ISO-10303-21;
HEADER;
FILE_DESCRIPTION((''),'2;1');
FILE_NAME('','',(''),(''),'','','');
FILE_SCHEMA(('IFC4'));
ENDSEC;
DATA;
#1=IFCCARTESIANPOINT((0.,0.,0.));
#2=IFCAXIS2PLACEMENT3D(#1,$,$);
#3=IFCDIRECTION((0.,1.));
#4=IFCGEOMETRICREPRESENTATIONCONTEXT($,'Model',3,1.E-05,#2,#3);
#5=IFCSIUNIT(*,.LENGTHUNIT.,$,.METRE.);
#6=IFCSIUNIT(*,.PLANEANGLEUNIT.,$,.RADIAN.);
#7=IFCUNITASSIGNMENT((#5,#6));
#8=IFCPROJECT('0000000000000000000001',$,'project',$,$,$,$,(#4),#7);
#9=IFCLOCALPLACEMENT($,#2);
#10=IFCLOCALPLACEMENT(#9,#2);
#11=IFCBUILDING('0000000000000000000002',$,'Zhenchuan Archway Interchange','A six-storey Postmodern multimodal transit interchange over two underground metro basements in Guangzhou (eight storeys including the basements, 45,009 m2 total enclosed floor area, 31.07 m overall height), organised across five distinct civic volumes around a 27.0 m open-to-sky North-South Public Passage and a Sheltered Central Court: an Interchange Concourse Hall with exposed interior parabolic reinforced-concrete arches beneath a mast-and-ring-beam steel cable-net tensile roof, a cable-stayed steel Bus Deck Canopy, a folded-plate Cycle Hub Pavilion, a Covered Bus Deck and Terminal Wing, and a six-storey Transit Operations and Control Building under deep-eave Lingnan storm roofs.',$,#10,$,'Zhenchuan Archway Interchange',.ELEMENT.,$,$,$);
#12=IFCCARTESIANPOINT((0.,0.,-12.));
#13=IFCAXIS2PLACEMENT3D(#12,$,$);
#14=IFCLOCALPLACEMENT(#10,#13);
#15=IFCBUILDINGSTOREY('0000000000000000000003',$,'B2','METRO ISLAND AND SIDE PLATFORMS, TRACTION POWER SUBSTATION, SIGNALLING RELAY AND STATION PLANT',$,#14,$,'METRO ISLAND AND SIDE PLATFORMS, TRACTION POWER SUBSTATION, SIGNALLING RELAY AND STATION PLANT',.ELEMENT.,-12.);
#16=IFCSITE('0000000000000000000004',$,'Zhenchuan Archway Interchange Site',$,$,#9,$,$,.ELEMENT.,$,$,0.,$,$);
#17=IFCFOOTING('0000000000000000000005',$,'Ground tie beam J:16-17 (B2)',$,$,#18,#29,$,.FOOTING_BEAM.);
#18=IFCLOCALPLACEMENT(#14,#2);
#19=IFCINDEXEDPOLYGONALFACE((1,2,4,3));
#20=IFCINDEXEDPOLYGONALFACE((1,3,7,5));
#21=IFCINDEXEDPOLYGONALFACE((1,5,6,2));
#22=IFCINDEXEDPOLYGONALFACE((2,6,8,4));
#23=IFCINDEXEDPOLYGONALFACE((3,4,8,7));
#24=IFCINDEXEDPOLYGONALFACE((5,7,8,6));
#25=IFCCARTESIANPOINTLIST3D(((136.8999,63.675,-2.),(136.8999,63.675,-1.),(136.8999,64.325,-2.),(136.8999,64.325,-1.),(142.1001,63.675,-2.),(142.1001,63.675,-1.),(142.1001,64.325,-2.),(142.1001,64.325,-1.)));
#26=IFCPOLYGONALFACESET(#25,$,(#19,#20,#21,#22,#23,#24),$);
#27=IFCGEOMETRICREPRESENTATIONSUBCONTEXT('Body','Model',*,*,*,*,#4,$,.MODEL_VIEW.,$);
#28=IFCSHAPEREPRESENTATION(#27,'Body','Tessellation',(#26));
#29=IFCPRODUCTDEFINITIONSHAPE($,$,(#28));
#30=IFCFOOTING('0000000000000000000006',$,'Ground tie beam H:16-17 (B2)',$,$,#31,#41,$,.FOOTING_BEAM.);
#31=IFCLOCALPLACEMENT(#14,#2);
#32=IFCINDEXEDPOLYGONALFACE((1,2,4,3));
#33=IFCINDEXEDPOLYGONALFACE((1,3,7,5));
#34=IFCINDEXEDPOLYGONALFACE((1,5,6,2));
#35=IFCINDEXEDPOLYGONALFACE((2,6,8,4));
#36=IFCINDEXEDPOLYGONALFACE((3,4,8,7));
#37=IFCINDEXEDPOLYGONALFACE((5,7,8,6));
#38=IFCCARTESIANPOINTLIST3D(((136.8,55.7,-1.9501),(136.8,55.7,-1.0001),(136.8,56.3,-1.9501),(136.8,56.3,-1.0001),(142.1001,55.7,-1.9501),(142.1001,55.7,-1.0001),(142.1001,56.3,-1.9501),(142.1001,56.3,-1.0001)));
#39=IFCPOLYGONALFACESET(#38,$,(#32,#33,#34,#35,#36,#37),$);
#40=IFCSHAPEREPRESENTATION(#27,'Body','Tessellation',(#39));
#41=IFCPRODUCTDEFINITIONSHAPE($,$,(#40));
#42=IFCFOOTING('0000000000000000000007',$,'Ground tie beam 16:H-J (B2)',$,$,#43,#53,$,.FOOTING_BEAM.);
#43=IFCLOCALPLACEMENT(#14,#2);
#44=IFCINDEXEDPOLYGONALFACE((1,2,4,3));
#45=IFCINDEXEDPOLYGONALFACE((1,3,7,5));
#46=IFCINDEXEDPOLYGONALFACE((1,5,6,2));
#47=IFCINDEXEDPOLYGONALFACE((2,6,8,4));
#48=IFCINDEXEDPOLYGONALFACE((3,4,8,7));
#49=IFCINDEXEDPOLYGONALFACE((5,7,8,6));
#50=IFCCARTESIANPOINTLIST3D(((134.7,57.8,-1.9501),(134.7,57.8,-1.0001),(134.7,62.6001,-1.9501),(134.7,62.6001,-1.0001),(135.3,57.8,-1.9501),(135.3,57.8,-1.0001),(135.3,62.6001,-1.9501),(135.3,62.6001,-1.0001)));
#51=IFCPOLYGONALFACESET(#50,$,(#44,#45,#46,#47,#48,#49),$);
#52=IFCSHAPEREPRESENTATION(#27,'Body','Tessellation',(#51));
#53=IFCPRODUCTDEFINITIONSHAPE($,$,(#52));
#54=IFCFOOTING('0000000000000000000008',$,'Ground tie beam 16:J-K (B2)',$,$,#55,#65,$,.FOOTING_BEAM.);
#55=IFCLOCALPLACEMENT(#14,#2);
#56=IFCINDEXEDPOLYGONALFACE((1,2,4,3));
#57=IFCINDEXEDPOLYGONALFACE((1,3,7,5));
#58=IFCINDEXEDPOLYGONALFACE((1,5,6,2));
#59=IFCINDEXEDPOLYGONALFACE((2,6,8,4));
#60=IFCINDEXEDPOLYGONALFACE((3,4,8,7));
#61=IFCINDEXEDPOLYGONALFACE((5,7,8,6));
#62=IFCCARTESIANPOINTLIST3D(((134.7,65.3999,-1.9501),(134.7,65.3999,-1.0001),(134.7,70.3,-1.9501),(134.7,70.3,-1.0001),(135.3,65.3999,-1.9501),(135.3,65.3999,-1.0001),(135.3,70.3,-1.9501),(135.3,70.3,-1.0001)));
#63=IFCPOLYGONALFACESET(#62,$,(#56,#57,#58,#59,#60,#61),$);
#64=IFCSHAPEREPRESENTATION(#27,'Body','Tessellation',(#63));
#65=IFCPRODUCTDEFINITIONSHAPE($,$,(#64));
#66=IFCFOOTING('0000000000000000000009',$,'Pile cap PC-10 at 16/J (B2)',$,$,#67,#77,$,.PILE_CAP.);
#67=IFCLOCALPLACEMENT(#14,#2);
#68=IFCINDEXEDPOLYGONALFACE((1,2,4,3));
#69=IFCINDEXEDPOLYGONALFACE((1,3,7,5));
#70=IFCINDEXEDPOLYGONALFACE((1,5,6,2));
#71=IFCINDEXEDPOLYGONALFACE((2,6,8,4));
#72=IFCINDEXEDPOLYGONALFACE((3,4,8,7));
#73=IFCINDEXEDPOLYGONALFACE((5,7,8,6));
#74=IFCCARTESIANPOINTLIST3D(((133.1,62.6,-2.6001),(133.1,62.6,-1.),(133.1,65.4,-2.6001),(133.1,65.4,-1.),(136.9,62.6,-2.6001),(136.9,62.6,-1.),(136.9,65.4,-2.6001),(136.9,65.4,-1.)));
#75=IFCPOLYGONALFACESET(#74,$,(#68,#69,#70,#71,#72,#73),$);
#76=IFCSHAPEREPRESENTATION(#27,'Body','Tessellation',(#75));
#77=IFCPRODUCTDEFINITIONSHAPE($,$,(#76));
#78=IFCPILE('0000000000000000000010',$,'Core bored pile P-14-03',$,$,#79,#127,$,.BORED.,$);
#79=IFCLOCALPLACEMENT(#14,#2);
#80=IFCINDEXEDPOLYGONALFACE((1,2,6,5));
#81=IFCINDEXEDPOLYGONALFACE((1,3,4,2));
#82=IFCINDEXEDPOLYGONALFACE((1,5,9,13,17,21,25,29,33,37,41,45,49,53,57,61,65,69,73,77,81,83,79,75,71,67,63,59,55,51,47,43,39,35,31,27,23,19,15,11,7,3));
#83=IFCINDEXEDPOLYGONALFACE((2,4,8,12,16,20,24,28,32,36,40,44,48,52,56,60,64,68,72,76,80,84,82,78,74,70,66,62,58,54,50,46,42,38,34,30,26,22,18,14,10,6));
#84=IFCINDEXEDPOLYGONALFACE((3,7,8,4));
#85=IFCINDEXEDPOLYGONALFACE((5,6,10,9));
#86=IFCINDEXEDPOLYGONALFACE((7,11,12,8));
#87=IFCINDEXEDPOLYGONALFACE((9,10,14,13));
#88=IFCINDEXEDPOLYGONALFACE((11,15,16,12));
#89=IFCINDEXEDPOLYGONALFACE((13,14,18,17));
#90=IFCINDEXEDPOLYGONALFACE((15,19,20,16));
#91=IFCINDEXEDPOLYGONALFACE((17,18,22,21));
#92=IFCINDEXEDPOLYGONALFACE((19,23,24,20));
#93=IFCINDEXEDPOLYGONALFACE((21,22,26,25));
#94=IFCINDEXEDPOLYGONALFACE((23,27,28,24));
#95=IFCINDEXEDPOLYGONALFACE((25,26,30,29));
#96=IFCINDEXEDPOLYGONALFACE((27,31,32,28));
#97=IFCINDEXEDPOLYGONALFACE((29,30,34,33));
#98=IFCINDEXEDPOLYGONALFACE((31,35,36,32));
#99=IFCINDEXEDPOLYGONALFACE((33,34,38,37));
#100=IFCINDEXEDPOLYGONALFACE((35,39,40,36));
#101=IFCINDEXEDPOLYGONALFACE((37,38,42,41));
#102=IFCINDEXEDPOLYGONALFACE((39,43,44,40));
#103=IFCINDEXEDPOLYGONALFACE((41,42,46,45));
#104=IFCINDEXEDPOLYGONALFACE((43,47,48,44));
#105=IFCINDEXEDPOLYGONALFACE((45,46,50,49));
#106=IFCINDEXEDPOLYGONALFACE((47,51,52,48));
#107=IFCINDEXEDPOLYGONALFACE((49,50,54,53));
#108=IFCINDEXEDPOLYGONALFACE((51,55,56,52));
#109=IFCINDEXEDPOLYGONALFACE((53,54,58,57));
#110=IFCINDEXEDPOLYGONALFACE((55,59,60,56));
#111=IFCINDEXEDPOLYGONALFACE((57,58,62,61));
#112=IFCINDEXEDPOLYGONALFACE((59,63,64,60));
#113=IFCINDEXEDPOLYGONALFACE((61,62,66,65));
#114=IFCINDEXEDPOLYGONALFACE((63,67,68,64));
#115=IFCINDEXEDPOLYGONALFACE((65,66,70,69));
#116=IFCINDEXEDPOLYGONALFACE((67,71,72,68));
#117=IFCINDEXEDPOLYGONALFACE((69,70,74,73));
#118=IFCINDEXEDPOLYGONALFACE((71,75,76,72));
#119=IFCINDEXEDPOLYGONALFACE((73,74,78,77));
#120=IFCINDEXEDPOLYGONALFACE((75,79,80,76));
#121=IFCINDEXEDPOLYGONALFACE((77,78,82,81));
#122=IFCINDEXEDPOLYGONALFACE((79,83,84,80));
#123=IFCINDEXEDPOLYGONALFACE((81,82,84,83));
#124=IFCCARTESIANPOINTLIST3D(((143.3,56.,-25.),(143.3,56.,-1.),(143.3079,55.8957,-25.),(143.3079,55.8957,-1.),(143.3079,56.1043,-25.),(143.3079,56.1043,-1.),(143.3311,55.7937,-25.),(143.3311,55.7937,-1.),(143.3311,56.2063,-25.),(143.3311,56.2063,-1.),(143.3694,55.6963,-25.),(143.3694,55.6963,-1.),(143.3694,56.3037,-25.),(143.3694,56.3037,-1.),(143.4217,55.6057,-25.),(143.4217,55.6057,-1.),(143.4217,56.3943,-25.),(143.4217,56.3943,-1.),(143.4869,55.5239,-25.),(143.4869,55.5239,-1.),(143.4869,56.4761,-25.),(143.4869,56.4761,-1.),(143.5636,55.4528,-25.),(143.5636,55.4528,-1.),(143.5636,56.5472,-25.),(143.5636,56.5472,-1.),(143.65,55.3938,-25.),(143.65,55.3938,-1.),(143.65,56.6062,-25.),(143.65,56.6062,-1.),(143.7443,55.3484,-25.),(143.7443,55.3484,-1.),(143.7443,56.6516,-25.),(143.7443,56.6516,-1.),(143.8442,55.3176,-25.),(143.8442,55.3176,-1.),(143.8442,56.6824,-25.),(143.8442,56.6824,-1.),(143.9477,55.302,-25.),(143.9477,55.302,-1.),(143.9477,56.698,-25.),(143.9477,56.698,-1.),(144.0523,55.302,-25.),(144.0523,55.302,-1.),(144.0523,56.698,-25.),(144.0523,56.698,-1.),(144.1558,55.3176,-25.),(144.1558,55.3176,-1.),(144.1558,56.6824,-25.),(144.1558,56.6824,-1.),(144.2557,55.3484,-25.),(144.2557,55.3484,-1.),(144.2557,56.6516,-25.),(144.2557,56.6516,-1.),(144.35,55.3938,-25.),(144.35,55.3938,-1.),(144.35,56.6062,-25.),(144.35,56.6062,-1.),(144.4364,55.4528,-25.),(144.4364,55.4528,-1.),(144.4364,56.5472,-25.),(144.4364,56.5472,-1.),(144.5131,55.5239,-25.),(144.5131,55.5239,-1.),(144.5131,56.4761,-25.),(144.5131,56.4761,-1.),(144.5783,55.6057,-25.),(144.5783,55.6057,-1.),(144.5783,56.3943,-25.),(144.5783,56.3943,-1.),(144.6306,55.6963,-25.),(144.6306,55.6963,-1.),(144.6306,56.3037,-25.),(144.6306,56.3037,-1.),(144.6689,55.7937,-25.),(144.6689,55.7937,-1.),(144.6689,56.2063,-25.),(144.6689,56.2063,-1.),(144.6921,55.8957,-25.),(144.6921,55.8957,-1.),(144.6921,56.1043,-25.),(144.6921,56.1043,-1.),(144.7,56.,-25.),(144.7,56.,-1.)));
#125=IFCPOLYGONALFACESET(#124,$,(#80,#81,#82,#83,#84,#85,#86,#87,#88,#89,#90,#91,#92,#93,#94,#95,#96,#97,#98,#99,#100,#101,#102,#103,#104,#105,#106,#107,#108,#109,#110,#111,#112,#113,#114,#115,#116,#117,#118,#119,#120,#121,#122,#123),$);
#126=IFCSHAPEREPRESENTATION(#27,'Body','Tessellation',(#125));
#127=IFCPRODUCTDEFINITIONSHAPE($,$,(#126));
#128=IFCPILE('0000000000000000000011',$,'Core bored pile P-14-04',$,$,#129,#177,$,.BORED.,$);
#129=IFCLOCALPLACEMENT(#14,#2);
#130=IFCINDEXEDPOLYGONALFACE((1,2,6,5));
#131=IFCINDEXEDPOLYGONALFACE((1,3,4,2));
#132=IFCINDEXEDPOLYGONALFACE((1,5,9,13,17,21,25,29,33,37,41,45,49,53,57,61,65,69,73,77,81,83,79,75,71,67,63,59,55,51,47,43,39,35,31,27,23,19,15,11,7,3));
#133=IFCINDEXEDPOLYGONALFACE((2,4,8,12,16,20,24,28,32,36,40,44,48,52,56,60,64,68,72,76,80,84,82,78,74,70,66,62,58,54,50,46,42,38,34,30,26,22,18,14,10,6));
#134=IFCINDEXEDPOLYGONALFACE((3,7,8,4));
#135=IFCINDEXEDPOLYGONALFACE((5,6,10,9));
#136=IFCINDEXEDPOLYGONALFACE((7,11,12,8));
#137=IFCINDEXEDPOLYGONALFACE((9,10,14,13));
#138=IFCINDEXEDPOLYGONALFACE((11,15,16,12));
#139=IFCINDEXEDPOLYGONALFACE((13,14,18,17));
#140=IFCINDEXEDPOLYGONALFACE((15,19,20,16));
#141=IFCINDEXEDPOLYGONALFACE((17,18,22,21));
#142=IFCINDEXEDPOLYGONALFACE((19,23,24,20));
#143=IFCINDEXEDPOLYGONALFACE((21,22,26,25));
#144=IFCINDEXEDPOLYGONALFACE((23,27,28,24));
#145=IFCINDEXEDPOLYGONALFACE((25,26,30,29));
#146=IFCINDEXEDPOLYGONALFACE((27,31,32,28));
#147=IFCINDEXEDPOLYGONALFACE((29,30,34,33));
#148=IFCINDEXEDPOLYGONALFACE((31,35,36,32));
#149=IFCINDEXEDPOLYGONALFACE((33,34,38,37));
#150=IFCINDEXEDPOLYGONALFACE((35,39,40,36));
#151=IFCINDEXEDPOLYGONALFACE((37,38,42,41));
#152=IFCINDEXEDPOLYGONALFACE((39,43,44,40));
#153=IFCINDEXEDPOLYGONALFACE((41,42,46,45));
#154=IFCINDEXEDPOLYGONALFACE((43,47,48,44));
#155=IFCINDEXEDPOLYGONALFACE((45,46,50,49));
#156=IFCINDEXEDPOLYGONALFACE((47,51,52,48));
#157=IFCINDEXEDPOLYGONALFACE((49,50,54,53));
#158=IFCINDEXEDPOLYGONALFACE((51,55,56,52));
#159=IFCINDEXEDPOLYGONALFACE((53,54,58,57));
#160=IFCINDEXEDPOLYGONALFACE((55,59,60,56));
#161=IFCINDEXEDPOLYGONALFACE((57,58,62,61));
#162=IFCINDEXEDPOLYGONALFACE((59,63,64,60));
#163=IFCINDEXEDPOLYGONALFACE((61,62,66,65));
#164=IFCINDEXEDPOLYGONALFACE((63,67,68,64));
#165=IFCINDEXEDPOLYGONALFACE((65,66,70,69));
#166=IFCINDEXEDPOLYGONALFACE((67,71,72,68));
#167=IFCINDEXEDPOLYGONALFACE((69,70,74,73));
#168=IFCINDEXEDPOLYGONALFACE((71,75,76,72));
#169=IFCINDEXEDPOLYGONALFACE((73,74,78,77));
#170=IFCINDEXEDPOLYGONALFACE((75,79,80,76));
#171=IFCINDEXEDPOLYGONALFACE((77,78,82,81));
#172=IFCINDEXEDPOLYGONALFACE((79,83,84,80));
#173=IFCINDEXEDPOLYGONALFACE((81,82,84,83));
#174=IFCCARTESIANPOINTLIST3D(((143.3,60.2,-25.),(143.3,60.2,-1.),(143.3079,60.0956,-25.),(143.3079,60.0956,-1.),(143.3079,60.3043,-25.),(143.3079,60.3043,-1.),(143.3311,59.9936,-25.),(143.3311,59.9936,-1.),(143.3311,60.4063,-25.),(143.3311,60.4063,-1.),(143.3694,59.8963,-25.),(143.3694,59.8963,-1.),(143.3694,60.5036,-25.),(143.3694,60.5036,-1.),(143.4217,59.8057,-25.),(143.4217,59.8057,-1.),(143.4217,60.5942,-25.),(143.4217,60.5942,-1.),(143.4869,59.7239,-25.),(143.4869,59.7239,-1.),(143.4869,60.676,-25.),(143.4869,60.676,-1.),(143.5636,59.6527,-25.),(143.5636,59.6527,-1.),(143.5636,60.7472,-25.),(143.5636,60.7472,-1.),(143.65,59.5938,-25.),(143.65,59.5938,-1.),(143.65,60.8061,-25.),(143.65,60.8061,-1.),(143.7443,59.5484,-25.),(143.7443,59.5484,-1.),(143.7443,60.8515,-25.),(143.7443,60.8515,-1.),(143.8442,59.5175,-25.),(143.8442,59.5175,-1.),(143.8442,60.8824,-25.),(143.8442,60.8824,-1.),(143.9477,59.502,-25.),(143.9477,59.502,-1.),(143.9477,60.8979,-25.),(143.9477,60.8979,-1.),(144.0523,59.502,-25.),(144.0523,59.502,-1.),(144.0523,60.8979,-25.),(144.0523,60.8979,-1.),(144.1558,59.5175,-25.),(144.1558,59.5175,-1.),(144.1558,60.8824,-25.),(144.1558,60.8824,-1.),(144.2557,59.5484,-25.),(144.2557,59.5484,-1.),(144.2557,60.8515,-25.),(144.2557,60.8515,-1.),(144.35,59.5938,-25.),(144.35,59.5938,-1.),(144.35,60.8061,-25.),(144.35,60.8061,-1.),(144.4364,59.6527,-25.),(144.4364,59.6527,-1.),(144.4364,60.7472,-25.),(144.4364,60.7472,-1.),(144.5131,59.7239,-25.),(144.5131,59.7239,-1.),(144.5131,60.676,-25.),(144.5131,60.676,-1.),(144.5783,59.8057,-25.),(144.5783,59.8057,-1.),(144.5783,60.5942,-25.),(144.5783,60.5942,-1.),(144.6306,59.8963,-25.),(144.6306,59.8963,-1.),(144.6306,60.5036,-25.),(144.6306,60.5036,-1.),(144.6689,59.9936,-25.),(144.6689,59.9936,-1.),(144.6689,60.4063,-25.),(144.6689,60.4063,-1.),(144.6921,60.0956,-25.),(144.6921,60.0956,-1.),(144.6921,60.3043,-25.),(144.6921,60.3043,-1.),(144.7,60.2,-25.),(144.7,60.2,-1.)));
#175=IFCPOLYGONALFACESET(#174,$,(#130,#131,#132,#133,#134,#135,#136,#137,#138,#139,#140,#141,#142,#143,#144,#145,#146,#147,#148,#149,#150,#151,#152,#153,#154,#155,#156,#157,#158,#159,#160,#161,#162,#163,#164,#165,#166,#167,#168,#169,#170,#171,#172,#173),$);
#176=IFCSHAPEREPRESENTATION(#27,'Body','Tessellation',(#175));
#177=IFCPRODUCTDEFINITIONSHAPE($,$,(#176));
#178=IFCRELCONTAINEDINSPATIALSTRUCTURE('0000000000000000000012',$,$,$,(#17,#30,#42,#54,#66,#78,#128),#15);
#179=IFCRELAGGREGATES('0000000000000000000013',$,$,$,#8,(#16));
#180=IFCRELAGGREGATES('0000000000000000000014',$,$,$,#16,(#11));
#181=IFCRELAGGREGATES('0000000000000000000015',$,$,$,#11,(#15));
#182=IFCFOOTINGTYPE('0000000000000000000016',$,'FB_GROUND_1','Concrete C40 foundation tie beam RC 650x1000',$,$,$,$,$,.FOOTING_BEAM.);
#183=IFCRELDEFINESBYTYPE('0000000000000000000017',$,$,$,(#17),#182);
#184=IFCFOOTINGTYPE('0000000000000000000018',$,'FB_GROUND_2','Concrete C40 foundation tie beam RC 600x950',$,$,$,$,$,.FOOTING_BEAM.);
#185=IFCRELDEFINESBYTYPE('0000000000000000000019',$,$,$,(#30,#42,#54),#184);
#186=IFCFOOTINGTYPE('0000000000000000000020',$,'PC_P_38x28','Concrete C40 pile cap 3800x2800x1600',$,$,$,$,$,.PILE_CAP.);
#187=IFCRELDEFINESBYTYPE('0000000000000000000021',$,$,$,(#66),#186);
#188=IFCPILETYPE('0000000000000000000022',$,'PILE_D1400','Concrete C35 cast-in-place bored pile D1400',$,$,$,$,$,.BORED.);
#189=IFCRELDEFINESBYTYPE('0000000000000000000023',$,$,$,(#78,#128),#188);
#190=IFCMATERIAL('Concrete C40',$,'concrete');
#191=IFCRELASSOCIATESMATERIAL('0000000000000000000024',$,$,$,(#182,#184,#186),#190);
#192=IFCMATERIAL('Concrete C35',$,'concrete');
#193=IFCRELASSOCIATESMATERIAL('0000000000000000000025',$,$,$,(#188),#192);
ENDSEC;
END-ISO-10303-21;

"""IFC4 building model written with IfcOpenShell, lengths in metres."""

from ifc_helpers import new_model, si_unit, direction, frame, origin, origin_2d, place, context, subcontext, project, spatial, rectangle, circle, extrude, material, material_profile, profile_set, type_object, element, save


model = new_model("IFC4")

# Units and contexts
model_context = context("Model", 3, precision=1e-05, world=origin(), true_north=direction((0.0, 1.0)))
body_context = subcontext(model_context, "Body", "Model", "MODEL_VIEW")
ifc_project = project(units=[si_unit("LENGTHUNIT", "METRE"), si_unit("PLANEANGLEUNIT", "RADIAN")], contexts=[model_context])

# Site, building, storey
site_placement = place(None, origin())
site = spatial("IfcSite", under=ifc_project, at=site_placement, Name="Zhenchuan Archway Interchange Site", CompositionType="ELEMENT", RefElevation=0.0)
building_placement = place(site_placement, origin())
building = spatial("IfcBuilding", under=site, at=building_placement, Name="Zhenchuan Archway Interchange", Description="A six-storey Postmodern multimodal transit interchange over two underground metro basements in Guangzhou (eight storeys including the basements, 45,009 m2 total enclosed floor area, 31.07 m overall height), organised across five distinct civic volumes around a 27.0 m open-to-sky North-South Public Passage and a Sheltered Central Court: an Interchange Concourse Hall with exposed interior parabolic reinforced-concrete arches beneath a mast-and-ring-beam steel cable-net tensile roof, a cable-stayed steel Bus Deck Canopy, a folded-plate Cycle Hub Pavilion, a Covered Bus Deck and Terminal Wing, and a six-storey Transit Operations and Control Building under deep-eave Lingnan storm roofs.", LongName="Zhenchuan Archway Interchange", CompositionType="ELEMENT")
storey_placement = place(building_placement, frame((0.0, 0.0, -12.0)))
storey = spatial("IfcBuildingStorey", under=building, at=storey_placement, Name="B2", Description="METRO ISLAND AND SIDE PLATFORMS, TRACTION POWER SUBSTATION, SIGNALLING RELAY AND STATION PLANT", LongName="METRO ISLAND AND SIDE PLATFORMS, TRACTION POWER SUBSTATION, SIGNALLING RELAY AND STATION PLANT", CompositionType="ELEMENT", Elevation=-12.0)

# Footings
ifc_material_1 = material(Name="Concrete C40", Category="concrete")
ifc_material_profile_1 = material_profile(ifc_material_1, rectangle(XDim=0.6499, YDim=1.0, at=origin_2d()), Name="RC 650x1000")
ifc_profile_set_1 = profile_set([ifc_material_profile_1], Name="Concrete C40")
footing_type_1 = type_object("IfcFootingType", Name="FB_GROUND_1", Description="Concrete C40 foundation tie beam RC 650x1000", PredefinedType="FOOTING_BEAM", material=ifc_profile_set_1)
footing_1_placement = place(storey_placement, frame((136.8999, 64.0, -1.5), z_axis=(1.0, 0.0, 0.0), x_axis=(0.0, 1.0, 0.0)))
element("IfcFooting", 1, at=footing_1_placement, inside=storey, type_object=footing_type_1, Name="Ground tie beam J:16-17 (B2)", PredefinedType="FOOTING_BEAM", context=body_context, shape_type="SweptSolid", body=[
    extrude(rectangle(XDim=0.6499, YDim=1.0, at=origin_2d()), origin(), (0.0, 0.0, 1.0), 5.2002),
])
ifc_material_profile_2 = material_profile(ifc_material_1, rectangle(XDim=0.6001, YDim=0.95, at=origin_2d()), Name="RC 600x950")
ifc_profile_set_2 = profile_set([ifc_material_profile_2], Name="Concrete C40")
footing_type_2 = type_object("IfcFootingType", Name="FB_GROUND_2", Description="Concrete C40 foundation tie beam RC 600x950", PredefinedType="FOOTING_BEAM", material=ifc_profile_set_2)
footing_2_placement = place(storey_placement, frame((136.8, 56.0, -1.4751), z_axis=(1.0, 0.0, 0.0), x_axis=(0.0, 1.0, 0.0)))
element("IfcFooting", 2, at=footing_2_placement, inside=storey, type_object=footing_type_2, Name="Ground tie beam H:16-17 (B2)", PredefinedType="FOOTING_BEAM", context=body_context, shape_type="SweptSolid", body=[
    extrude(rectangle(XDim=0.6001, YDim=0.95, at=origin_2d()), origin(), (0.0, 0.0, 1.0), 5.3),
])
footing_3_placement = place(storey_placement, frame((135.0, 57.8, -1.4751), z_axis=(0.0, 1.0, 0.0), x_axis=(-1.0, 0.0, 0.0)))
element("IfcFooting", 3, at=footing_3_placement, inside=storey, type_object=footing_type_2, Name="Ground tie beam 16:H-J (B2)", PredefinedType="FOOTING_BEAM", context=body_context, shape_type="SweptSolid", body=[
    extrude(rectangle(XDim=0.6001, YDim=0.95, at=origin_2d()), origin(), (0.0, 0.0, 1.0), 4.8),
])
footing_4_placement = place(storey_placement, frame((135.0, 65.3999, -1.4751), z_axis=(0.0, 1.0, 0.0), x_axis=(-1.0, 0.0, 0.0)))
element("IfcFooting", 4, at=footing_4_placement, inside=storey, type_object=footing_type_2, Name="Ground tie beam 16:J-K (B2)", PredefinedType="FOOTING_BEAM", context=body_context, shape_type="SweptSolid", body=[
    extrude(rectangle(XDim=0.6001, YDim=0.95, at=origin_2d()), origin(), (0.0, 0.0, 1.0), 4.9001),
])
footing_type_3 = type_object("IfcFootingType", Name="PC_P_38x28", Description="Concrete C40 pile cap 3800x2800x1600", PredefinedType="PILE_CAP", material=ifc_material_1)
footing_5_placement = place(storey_placement, frame((135.0, 64.0, -2.6001), z_axis=(0.0, 0.0, 1.0), x_axis=(1.0, 0.0, 0.0)))
element("IfcFooting", 5, at=footing_5_placement, inside=storey, type_object=footing_type_3, Name="Pile cap PC-10 at 16/J (B2)", PredefinedType="PILE_CAP", context=body_context, shape_type="SweptSolid", body=[
    extrude(rectangle(XDim=3.8, YDim=2.8, at=origin_2d()), origin(), (0.0, 0.0, 1.0), 1.6001),
])

# Piles
ifc_material_2 = material(Name="Concrete C35", Category="concrete")
ifc_material_profile_3 = material_profile(ifc_material_2, circle(Radius=0.7, at=origin_2d()), Name="BORED PILE 1400")
ifc_profile_set_3 = profile_set([ifc_material_profile_3], Name="Concrete C35")
pile_type_1 = type_object("IfcPileType", Name="PILE_D1400", Description="Concrete C35 cast-in-place bored pile D1400", PredefinedType="BORED", material=ifc_profile_set_3)
for number, where, z_axis, x_axis, name in (
    (6, (144.0, 56.0, -1.0), (0.0, 0.0, -1.0), (1.0, 0.0, 0.0), "Core bored pile P-14-03"),
    (7, (144.0, 60.2, -1.0), (0.0, 0.0, -1.0), (1.0, 0.0, 0.0), "Core bored pile P-14-04"),
):
    element("IfcPile", number, at=place(storey_placement, frame(where, z_axis=z_axis, x_axis=x_axis)), inside=storey, type_object=pile_type_1, Name=name, PredefinedType="BORED", context=body_context, shape_type="SweptSolid", body=[
        extrude(circle(Radius=0.7, at=origin_2d()), origin(), (0.0, 0.0, 1.0), 24.0),
    ])

save(model, "model.ifc")
